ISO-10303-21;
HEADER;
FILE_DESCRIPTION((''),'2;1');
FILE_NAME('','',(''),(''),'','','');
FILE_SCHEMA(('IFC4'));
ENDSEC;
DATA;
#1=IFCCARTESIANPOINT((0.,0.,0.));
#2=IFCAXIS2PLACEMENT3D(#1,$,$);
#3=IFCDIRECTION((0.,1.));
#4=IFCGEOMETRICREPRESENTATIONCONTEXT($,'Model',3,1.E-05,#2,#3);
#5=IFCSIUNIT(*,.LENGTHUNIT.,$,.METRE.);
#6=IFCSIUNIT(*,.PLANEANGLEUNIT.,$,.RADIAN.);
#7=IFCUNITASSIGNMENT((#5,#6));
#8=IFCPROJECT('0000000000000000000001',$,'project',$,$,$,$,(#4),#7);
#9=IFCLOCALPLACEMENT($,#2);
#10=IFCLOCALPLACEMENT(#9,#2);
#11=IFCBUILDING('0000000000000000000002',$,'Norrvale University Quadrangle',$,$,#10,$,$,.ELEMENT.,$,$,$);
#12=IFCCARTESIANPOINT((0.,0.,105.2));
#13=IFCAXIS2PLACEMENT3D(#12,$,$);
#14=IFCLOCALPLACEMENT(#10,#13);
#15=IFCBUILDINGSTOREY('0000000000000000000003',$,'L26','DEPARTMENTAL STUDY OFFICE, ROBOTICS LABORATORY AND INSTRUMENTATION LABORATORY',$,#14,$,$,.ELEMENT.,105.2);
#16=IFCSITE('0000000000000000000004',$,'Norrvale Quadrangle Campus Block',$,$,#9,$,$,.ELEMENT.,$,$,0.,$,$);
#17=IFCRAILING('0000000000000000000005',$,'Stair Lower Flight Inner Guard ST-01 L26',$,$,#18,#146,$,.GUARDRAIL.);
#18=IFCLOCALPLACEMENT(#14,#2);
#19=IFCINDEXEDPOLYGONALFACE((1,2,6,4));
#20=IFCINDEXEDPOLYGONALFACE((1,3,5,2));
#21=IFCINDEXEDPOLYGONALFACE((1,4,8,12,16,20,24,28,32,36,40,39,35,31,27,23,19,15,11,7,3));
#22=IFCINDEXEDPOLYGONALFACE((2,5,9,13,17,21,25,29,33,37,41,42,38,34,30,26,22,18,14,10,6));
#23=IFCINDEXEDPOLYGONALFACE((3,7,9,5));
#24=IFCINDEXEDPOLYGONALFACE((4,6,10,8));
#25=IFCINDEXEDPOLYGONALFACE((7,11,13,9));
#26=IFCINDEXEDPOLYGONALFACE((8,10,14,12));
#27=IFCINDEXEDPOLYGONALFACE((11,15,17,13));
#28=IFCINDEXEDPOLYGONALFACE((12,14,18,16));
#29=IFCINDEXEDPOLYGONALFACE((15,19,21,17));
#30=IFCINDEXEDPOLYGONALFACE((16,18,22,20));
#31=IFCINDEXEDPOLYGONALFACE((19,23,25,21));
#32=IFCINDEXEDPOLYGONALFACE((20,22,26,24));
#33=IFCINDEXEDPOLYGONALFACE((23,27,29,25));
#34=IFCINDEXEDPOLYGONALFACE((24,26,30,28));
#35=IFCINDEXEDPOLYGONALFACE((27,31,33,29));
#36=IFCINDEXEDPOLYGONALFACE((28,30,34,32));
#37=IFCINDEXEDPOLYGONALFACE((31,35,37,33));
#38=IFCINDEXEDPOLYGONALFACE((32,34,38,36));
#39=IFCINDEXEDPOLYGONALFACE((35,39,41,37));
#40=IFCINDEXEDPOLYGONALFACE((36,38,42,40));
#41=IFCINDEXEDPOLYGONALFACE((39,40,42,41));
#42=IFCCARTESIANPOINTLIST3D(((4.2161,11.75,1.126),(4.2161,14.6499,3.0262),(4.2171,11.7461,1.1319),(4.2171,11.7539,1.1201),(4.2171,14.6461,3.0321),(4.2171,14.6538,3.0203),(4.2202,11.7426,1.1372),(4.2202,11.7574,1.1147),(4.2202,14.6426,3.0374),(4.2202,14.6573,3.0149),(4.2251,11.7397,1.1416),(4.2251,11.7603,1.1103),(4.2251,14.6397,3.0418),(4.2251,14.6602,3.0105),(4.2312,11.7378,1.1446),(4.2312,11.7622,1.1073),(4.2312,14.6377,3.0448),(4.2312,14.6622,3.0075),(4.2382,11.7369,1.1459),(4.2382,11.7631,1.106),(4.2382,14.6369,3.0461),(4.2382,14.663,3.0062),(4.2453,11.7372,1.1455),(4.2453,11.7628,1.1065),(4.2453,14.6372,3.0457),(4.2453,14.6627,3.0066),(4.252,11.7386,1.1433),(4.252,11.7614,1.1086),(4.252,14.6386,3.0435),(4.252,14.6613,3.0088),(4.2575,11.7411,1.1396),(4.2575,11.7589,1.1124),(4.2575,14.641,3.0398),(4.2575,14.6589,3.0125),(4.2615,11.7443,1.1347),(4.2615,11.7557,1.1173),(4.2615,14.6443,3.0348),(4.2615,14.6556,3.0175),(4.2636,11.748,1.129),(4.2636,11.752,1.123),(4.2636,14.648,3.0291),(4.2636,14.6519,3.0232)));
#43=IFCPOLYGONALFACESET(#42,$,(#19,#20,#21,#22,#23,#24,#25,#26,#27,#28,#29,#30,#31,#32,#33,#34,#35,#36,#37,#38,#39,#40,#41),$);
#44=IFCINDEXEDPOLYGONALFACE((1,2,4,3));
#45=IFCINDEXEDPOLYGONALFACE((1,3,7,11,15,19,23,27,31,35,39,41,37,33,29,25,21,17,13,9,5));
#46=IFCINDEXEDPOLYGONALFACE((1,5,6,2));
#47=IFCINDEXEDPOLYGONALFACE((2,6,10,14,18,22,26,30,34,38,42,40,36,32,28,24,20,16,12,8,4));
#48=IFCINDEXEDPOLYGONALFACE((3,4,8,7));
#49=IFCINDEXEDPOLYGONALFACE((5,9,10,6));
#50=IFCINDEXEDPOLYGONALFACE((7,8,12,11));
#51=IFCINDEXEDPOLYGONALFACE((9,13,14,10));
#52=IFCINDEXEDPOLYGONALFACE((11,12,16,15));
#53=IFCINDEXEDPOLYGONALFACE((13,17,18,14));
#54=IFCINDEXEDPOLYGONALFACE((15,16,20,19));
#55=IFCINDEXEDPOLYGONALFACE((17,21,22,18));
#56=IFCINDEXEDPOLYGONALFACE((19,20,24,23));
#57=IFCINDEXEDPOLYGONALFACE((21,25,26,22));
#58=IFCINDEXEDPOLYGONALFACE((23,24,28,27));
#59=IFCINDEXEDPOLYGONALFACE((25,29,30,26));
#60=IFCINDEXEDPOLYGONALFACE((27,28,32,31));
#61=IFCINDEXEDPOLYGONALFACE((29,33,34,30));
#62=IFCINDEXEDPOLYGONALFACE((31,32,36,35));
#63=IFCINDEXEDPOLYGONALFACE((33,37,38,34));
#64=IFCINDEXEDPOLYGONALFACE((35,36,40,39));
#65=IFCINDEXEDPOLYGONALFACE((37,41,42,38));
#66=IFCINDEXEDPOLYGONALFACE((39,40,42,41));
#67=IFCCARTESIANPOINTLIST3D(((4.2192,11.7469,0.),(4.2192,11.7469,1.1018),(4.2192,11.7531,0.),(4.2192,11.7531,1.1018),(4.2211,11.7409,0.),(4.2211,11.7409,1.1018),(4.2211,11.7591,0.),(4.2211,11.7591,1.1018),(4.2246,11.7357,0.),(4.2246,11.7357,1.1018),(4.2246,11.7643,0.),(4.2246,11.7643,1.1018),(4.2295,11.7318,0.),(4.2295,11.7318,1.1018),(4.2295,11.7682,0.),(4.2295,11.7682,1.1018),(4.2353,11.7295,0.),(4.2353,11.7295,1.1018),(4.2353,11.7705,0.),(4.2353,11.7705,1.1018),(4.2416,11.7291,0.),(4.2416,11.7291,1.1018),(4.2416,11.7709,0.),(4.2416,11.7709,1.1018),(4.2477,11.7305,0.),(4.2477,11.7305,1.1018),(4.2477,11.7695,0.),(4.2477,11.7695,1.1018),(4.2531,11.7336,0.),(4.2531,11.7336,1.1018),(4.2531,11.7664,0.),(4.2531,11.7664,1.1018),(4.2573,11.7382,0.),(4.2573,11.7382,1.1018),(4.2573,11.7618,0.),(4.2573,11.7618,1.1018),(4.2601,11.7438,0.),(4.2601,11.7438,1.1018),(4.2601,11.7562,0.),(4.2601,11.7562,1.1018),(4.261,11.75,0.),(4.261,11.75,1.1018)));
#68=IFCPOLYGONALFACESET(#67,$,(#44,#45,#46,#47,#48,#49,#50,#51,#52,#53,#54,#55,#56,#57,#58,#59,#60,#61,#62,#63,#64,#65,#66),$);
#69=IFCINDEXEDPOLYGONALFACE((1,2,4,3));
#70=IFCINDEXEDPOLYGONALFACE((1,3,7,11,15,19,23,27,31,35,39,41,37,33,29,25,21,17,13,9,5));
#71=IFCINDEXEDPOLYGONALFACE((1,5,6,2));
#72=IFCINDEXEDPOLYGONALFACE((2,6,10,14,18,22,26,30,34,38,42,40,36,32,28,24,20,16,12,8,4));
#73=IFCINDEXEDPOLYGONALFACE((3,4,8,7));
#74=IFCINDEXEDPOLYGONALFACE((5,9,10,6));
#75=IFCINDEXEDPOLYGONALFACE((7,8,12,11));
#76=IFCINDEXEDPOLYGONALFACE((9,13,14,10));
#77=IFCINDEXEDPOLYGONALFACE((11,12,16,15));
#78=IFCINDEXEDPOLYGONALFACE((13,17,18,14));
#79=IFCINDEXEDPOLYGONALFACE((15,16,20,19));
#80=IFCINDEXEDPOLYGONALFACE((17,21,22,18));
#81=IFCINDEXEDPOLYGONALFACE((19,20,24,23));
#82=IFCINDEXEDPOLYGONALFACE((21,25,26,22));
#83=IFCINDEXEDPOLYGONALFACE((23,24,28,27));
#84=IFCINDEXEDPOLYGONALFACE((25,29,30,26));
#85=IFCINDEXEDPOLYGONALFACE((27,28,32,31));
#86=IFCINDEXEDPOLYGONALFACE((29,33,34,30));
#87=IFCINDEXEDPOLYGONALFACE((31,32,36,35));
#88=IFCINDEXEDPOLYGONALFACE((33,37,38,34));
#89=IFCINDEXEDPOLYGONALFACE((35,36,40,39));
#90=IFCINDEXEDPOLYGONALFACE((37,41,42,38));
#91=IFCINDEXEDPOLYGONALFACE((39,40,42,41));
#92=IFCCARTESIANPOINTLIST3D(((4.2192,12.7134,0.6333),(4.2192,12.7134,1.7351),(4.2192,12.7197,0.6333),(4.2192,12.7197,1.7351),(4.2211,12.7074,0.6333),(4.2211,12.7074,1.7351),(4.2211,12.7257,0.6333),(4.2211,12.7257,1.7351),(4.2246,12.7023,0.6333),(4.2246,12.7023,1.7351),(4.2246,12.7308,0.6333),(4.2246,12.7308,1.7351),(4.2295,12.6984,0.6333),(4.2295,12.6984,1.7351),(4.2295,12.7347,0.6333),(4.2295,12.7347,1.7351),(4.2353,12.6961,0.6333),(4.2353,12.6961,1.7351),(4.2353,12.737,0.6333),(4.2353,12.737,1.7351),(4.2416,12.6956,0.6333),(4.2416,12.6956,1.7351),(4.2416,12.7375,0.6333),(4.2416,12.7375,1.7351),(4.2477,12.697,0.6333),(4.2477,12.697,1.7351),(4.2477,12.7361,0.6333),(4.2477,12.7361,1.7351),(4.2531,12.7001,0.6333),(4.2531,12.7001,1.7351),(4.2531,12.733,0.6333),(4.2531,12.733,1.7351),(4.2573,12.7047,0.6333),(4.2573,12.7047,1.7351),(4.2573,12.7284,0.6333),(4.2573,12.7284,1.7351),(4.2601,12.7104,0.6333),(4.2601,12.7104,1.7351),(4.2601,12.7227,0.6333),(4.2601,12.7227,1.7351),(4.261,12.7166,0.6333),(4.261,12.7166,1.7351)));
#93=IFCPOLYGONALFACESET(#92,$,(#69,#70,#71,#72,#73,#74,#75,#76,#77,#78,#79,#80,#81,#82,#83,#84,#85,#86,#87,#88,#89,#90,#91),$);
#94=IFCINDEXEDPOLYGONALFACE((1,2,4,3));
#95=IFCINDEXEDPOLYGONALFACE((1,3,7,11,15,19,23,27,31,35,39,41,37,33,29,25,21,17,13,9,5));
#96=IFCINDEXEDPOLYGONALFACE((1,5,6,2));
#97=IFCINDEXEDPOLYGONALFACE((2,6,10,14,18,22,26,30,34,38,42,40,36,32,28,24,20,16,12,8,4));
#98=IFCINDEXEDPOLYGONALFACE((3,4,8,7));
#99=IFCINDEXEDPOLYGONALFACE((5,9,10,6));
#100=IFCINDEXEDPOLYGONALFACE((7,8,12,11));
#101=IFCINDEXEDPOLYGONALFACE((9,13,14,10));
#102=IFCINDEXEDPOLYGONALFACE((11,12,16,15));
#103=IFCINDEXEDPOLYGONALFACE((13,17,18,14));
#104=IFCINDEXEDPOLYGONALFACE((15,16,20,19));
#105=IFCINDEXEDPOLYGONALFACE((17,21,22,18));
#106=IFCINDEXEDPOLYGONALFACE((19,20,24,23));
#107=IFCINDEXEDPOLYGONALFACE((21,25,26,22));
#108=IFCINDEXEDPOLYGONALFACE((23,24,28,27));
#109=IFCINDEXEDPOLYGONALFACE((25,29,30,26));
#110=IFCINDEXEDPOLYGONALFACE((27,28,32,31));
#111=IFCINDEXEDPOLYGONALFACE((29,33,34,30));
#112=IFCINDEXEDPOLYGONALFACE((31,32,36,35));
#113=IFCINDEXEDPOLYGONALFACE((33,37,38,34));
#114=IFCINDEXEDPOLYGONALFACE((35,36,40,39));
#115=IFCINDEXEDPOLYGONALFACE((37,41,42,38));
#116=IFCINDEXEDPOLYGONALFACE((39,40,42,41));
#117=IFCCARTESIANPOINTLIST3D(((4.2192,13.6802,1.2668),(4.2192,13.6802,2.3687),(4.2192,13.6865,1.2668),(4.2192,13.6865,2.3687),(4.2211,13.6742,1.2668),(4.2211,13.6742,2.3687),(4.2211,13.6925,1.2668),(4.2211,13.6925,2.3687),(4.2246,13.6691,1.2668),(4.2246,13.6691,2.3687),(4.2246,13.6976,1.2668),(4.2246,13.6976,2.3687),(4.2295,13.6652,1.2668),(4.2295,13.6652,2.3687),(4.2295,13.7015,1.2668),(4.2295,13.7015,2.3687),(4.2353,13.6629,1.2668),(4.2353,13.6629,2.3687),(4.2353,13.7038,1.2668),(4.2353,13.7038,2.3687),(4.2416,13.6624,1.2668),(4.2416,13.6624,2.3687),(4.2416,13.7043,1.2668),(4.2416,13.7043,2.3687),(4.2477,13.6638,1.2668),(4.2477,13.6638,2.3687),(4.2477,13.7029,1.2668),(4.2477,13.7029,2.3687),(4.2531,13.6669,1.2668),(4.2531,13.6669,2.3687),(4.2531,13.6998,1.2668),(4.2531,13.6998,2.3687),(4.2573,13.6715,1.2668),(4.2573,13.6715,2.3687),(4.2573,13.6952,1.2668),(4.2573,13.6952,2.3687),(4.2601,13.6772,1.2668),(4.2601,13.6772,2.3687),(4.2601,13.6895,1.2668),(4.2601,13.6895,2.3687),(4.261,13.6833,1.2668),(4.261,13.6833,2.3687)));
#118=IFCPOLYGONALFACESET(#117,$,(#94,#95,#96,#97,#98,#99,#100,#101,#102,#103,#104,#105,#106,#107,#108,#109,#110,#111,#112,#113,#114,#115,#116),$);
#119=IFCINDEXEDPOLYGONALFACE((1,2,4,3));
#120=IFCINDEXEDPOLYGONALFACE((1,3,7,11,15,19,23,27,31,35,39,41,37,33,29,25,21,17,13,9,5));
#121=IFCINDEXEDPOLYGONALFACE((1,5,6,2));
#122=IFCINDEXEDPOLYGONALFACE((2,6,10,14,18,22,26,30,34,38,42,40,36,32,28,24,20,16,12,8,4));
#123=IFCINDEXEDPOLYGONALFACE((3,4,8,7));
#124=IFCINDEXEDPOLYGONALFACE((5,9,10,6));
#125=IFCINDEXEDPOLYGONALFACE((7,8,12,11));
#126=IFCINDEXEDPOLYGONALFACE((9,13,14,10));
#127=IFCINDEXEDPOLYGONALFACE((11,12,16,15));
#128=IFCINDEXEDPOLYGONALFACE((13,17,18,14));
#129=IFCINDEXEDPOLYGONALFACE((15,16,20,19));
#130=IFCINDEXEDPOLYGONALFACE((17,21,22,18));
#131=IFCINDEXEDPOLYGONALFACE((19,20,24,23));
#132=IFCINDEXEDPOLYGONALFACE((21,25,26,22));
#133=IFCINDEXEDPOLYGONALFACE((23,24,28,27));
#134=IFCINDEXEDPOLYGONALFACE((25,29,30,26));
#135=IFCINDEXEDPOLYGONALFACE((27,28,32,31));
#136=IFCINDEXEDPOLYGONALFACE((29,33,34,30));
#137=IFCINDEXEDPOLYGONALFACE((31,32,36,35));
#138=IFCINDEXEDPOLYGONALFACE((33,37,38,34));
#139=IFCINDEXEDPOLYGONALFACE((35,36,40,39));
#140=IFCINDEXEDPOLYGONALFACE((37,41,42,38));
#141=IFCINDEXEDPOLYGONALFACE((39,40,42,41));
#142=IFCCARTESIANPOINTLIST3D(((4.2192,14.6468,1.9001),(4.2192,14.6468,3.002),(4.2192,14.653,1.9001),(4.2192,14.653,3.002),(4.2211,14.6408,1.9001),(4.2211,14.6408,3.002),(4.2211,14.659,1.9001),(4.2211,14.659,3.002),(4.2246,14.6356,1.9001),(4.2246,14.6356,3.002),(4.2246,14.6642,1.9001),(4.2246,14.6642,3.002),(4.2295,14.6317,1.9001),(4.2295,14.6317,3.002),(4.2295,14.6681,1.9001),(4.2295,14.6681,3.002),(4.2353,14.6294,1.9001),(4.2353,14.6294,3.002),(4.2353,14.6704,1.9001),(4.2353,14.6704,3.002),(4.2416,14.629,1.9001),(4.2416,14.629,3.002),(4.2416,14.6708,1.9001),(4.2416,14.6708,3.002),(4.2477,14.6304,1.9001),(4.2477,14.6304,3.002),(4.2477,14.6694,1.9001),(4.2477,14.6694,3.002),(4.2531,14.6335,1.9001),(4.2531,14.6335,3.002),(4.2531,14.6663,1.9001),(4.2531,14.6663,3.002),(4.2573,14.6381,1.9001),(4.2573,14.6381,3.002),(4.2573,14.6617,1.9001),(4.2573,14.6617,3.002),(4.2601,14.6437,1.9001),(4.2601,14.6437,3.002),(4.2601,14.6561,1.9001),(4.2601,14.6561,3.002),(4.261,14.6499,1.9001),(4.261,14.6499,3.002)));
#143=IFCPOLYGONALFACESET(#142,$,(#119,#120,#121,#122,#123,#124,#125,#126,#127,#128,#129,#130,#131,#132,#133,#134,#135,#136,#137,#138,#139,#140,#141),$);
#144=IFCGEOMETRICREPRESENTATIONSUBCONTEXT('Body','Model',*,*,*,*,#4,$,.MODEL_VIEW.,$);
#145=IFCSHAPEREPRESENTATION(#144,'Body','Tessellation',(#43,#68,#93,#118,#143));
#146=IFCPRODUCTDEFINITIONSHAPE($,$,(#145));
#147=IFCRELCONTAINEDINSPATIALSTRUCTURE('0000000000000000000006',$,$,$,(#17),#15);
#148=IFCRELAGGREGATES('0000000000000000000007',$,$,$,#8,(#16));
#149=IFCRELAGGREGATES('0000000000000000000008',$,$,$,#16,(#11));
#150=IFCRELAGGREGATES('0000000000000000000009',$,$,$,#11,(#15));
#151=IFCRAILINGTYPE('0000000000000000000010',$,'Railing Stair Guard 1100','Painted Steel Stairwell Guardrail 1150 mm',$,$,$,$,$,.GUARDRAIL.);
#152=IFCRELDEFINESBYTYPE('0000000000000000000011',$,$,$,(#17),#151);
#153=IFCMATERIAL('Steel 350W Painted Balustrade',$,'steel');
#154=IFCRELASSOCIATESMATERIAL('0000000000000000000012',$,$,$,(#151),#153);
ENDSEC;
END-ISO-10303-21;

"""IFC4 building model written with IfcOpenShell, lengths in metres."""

from ifc_helpers import new_model, si_unit, direction, frame, origin, origin_2d, place, context, subcontext, project, spatial, circle, extrude, material, type_object, element, save


model = new_model("IFC4")

# Units and contexts
model_context = context("Model", 3, precision=1e-05, world=origin(), true_north=direction((0.0, 1.0)))
body_context = subcontext(model_context, "Body", "Model", "MODEL_VIEW")
ifc_project = project(units=[si_unit("LENGTHUNIT", "METRE"), si_unit("PLANEANGLEUNIT", "RADIAN")], contexts=[model_context])

# Site, building, storey
site_placement = place(None, origin())
site = spatial("IfcSite", under=ifc_project, at=site_placement, Name="Norrvale Quadrangle Campus Block", CompositionType="ELEMENT", RefElevation=0.0)
building_placement = place(site_placement, origin())
building = spatial("IfcBuilding", under=site, at=building_placement, Name="Norrvale University Quadrangle", CompositionType="ELEMENT")
storey_placement = place(building_placement, frame((0.0, 0.0, 105.2)))
storey = spatial("IfcBuildingStorey", under=building, at=storey_placement, Name="L26", Description="DEPARTMENTAL STUDY OFFICE, ROBOTICS LABORATORY AND INSTRUMENTATION LABORATORY", CompositionType="ELEMENT", Elevation=105.2)

# Railing
ifc_material_1 = material(Name="Steel 350W Painted Balustrade", Category="steel")
railing_type_1 = type_object("IfcRailingType", Name="Railing Stair Guard 1100", Description="Painted Steel Stairwell Guardrail 1150 mm", PredefinedType="GUARDRAIL", material=ifc_material_1)
railing_1_placement = place(storey_placement, frame((4.24, 11.75, 0.0)))
element("IfcRailing", 1, at=railing_1_placement, inside=storey, type_object=railing_type_1, Name="Stair Lower Flight Inner Guard ST-01 L26", PredefinedType="GUARDRAIL", context=body_context, shape_type="SweptSolid", body=[
    extrude(circle(Radius=0.0239, at=origin_2d()), frame((0.0, 0.0, 1.126), z_axis=(0.0, 0.836433, 0.548069), x_axis=(-1.0, 0.0, 0.0)), (0.0, 0.0, 1.0), 3.467),
    extrude(circle(Radius=0.021, at=origin_2d()), origin(), (0.0, 0.0, 1.0), 1.1018),
    extrude(circle(Radius=0.021, at=origin_2d()), frame((0.0, 0.9666, 0.6333)), (0.0, 0.0, 1.0), 1.1018),
    extrude(circle(Radius=0.021, at=origin_2d()), frame((0.0, 1.9333, 1.2668)), (0.0, 0.0, 1.0), 1.1018),
    extrude(circle(Radius=0.021, at=origin_2d()), frame((0.0, 2.8999, 1.9001)), (0.0, 0.0, 1.0), 1.1018),
])

save(model, "model.ifc")
